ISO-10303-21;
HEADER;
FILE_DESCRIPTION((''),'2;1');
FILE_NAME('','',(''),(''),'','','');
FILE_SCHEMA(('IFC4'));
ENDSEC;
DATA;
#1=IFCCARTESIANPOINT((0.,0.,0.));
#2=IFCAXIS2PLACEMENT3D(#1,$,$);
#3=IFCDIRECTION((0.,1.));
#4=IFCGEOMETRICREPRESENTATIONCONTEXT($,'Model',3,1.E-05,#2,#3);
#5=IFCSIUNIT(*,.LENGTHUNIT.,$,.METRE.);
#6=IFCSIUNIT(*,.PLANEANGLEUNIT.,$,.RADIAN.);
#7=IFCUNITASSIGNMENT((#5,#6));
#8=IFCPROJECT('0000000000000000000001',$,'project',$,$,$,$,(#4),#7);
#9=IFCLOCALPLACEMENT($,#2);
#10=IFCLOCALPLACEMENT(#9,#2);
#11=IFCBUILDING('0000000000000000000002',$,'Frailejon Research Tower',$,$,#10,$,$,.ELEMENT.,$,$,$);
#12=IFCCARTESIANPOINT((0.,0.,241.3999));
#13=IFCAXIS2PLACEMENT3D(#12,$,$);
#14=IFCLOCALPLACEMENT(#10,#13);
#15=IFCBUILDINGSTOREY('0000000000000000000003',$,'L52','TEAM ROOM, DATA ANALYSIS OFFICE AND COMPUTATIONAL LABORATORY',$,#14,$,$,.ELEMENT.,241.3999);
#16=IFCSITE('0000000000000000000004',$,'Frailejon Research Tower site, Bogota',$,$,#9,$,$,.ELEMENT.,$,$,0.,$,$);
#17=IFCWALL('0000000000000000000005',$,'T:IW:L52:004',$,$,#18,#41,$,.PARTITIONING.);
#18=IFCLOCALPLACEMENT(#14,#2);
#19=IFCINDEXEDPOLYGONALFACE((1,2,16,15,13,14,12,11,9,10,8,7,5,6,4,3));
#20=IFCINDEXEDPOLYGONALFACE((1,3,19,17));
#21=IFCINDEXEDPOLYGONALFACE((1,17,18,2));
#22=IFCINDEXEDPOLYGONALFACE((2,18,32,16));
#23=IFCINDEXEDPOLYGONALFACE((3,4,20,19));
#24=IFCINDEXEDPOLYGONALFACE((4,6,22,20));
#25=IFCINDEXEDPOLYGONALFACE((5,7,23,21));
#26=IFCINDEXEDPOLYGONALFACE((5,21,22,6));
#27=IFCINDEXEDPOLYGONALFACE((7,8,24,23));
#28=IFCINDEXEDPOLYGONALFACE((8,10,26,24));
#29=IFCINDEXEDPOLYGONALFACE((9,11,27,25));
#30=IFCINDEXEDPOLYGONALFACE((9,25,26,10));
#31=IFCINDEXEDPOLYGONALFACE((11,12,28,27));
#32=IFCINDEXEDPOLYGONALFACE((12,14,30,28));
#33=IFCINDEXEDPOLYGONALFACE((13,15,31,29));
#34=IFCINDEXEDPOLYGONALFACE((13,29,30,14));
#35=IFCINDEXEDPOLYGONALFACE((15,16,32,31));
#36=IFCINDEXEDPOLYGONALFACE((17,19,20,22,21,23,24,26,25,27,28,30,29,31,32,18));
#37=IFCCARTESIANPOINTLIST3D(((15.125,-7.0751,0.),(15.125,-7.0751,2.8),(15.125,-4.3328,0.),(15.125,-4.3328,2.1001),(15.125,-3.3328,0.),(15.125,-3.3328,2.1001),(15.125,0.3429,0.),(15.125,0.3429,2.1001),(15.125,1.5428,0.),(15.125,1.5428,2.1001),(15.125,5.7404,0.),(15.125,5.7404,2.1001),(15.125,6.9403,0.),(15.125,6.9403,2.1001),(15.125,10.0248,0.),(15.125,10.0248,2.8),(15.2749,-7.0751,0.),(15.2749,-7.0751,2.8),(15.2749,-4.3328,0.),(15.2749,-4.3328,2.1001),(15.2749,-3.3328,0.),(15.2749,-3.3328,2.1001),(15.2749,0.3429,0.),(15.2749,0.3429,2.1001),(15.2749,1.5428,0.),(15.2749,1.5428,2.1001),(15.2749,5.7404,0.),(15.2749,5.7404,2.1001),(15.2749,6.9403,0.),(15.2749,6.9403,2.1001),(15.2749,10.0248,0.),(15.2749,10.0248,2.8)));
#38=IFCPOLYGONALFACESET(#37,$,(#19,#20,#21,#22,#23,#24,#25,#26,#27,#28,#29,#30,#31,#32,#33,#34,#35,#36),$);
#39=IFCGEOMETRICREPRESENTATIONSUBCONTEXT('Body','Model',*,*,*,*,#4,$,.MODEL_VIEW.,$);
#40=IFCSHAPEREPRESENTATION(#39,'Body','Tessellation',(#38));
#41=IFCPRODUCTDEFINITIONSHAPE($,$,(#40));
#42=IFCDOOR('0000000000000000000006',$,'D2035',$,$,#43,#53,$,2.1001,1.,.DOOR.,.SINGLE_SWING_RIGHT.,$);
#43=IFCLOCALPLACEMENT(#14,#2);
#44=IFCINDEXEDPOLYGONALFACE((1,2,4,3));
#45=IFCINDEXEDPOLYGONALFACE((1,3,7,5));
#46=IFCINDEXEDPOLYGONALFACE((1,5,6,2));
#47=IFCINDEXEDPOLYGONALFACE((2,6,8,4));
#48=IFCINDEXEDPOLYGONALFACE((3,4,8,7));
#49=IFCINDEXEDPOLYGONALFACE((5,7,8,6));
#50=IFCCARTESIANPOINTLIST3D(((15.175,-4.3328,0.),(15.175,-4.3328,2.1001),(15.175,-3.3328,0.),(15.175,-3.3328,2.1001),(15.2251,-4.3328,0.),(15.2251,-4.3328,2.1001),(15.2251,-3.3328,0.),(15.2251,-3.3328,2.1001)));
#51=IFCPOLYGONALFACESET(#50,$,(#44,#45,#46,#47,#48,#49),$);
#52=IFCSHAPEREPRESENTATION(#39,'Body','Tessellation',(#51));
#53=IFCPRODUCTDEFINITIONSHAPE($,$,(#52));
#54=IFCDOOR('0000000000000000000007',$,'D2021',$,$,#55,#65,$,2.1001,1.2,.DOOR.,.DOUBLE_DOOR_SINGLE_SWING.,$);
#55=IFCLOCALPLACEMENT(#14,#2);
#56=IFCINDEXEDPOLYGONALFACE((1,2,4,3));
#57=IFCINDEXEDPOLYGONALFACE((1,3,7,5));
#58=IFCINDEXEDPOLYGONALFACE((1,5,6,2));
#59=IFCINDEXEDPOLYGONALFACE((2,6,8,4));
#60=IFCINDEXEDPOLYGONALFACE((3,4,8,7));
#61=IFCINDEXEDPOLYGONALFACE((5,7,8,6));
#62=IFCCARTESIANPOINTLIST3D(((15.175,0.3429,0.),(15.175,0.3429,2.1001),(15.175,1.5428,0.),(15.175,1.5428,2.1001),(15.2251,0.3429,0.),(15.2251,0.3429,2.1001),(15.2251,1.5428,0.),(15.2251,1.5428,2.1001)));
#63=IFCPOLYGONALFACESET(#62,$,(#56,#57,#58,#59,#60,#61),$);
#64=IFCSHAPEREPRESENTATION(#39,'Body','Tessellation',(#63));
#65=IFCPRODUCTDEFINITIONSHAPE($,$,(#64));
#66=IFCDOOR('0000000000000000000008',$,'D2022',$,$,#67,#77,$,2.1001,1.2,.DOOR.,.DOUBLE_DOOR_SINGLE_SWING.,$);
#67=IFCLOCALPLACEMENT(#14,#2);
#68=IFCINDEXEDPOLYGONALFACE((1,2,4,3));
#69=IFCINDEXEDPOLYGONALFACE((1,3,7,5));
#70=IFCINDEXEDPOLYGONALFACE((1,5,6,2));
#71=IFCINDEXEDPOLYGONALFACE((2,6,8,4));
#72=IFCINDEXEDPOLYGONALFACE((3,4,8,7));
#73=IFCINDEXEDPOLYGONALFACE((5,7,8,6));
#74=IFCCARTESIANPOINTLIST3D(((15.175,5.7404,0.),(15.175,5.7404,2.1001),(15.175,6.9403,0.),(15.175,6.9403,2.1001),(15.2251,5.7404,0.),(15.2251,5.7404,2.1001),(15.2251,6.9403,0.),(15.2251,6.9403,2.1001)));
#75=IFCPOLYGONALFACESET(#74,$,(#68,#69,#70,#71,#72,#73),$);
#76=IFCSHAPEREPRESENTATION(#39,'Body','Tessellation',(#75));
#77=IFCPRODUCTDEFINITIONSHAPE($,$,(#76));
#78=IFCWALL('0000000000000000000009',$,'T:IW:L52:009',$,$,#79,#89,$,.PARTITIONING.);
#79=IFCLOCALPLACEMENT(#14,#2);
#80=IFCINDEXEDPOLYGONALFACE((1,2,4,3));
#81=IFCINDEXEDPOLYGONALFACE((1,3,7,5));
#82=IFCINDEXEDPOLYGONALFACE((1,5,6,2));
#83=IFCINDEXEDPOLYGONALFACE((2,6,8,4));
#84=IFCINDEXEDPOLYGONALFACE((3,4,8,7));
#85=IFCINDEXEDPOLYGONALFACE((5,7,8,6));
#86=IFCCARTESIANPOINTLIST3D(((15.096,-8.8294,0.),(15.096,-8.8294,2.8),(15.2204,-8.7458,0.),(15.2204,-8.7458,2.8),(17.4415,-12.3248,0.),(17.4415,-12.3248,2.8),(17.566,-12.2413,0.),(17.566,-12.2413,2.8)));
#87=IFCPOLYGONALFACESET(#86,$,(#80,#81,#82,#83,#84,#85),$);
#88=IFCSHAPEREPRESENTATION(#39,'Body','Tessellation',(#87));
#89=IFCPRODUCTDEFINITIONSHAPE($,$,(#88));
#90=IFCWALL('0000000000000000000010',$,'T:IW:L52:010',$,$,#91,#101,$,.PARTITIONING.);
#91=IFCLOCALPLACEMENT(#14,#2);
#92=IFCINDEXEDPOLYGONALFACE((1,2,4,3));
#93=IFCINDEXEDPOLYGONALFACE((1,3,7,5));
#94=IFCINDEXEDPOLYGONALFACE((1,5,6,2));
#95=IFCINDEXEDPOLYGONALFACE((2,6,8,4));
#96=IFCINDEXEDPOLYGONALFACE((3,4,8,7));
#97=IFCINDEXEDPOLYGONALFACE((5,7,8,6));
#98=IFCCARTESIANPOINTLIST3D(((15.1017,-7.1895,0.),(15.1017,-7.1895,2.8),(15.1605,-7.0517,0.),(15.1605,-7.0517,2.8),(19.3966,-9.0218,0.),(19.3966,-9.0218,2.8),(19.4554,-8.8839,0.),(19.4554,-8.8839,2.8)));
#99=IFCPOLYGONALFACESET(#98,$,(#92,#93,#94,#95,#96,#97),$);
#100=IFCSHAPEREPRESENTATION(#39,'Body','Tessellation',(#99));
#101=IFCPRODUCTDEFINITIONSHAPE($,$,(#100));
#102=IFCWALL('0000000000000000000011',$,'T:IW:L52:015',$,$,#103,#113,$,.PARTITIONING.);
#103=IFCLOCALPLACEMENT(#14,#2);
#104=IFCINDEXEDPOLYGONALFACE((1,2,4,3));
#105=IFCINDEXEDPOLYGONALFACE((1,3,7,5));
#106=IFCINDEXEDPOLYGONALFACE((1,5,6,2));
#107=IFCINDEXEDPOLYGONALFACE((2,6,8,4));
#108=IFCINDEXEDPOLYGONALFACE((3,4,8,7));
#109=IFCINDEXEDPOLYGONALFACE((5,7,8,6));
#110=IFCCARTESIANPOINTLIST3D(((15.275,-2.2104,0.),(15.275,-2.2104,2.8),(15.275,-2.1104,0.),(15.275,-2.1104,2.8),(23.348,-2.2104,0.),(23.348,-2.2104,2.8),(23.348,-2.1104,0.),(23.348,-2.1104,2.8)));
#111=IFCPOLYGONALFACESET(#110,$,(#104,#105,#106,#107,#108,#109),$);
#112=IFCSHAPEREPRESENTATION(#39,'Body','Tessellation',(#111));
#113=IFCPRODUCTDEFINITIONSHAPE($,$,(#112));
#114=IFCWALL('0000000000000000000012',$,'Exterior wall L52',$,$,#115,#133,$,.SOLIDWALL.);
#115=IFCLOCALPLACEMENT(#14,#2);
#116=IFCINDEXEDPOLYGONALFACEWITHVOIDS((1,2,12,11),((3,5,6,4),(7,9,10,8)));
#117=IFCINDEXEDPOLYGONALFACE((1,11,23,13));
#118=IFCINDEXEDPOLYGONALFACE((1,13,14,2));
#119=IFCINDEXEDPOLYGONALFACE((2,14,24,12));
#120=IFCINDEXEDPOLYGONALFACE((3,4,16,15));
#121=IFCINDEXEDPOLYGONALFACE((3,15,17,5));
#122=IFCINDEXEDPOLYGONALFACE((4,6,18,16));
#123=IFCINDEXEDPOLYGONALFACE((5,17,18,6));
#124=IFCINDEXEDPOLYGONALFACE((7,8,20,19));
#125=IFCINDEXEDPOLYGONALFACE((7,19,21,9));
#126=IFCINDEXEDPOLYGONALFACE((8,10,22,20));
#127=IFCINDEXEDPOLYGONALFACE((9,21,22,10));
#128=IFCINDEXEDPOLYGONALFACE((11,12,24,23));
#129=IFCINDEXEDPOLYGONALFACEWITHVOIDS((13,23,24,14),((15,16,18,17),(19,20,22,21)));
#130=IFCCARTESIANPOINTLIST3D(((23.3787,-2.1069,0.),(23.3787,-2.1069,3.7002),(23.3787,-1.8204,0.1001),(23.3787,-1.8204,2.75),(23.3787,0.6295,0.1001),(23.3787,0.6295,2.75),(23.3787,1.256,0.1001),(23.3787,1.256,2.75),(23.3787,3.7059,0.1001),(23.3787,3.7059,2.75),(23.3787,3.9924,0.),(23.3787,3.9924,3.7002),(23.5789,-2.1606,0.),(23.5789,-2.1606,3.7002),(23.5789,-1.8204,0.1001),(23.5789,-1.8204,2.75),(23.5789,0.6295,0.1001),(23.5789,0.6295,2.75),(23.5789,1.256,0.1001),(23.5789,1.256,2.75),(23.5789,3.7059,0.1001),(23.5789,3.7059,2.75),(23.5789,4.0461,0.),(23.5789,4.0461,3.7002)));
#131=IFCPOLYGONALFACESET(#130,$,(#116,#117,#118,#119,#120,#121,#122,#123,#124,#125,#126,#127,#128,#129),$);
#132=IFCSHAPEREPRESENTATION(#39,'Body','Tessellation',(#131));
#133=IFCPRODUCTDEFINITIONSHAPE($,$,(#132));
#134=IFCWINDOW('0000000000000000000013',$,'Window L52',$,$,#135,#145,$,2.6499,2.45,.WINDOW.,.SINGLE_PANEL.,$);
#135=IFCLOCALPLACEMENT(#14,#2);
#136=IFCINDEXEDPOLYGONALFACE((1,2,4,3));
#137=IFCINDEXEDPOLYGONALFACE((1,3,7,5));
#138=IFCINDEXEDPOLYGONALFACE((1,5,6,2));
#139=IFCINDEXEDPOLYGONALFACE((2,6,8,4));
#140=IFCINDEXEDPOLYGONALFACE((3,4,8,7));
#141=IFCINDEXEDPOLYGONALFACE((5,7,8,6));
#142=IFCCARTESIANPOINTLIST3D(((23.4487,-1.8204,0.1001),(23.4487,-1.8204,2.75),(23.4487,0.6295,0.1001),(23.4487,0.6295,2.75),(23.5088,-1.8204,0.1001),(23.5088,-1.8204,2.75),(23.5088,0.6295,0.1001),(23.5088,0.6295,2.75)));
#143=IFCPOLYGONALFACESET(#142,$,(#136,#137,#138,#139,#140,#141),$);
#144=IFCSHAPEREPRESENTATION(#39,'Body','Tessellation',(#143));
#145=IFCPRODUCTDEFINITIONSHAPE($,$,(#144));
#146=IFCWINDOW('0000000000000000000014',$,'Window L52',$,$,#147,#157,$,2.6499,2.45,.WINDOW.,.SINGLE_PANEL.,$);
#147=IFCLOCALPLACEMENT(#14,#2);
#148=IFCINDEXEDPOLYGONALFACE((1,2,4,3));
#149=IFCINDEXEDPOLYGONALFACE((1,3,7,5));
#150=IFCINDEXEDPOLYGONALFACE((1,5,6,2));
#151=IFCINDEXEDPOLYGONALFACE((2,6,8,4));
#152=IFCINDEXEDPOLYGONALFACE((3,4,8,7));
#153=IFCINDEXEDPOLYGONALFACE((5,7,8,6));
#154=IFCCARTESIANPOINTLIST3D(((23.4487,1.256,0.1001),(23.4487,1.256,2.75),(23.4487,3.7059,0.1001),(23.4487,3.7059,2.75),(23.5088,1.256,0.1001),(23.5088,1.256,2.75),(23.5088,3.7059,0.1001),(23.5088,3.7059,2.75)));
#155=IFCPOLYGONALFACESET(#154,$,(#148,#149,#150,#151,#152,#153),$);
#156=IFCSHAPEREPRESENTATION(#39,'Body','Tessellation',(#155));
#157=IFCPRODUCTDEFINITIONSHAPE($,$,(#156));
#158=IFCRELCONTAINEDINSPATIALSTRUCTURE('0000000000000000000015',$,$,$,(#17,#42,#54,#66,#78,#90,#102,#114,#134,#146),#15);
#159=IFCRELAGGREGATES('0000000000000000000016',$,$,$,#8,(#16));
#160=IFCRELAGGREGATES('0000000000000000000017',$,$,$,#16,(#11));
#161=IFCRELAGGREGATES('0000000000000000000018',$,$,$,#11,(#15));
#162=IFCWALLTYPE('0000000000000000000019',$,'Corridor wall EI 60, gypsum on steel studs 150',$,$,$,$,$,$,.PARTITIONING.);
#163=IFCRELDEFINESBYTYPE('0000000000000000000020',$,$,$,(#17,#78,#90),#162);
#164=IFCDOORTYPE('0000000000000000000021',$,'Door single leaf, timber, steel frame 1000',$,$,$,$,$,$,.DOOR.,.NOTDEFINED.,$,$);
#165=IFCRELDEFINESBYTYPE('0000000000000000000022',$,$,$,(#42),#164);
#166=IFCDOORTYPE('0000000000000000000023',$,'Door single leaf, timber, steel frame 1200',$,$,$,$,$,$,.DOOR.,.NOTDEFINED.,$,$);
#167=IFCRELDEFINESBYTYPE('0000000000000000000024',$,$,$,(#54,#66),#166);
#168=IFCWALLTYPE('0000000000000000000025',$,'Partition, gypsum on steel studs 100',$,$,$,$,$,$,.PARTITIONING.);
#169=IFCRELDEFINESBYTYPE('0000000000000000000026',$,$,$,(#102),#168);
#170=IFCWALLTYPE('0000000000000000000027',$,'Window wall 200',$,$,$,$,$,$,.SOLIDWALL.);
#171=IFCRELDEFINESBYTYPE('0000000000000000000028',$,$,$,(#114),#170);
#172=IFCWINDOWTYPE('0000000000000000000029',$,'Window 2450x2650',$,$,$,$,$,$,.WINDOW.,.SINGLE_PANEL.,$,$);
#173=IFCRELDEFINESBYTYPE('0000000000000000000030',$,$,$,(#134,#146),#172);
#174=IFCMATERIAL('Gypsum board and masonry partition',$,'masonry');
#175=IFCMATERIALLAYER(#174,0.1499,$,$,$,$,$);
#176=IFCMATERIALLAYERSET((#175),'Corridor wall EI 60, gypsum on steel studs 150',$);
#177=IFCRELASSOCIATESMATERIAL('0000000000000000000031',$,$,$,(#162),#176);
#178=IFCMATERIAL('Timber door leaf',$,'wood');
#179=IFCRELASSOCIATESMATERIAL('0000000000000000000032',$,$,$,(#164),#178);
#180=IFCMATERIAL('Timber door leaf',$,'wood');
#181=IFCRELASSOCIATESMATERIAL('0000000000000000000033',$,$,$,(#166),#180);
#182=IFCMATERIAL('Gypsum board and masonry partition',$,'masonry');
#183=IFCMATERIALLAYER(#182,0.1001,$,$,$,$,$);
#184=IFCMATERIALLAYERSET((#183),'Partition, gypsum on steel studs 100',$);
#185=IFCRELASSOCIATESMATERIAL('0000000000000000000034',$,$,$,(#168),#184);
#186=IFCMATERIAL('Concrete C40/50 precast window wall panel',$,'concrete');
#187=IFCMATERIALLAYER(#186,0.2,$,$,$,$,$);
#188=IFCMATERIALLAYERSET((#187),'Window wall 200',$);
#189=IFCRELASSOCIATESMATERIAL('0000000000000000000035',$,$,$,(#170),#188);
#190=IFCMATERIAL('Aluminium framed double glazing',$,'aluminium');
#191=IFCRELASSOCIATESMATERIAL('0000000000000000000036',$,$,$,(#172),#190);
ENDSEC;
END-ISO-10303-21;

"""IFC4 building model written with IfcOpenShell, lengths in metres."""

from ifc_helpers import new_model, si_unit, direction, frame, frame_2d, origin, place, context, subcontext, project, spatial, polyline, rectangle, outline, extrude, material, layer, layer_set, type_object, element, fill, save


model = new_model("IFC4")

# Units and contexts
model_context = context("Model", 3, precision=1e-05, world=origin(), true_north=direction((0.0, 1.0)))
body_context = subcontext(model_context, "Body", "Model", "MODEL_VIEW")
ifc_project = project(units=[si_unit("LENGTHUNIT", "METRE"), si_unit("PLANEANGLEUNIT", "RADIAN")], contexts=[model_context])

# Site, building, storey
site_placement = place(None, origin())
site = spatial("IfcSite", under=ifc_project, at=site_placement, Name="Frailejon Research Tower site, Bogota", CompositionType="ELEMENT", RefElevation=0.0)
building_placement = place(site_placement, origin())
building = spatial("IfcBuilding", under=site, at=building_placement, Name="Frailejon Research Tower", CompositionType="ELEMENT")
storey_placement = place(building_placement, frame((0.0, 0.0, 241.3999)))
storey = spatial("IfcBuildingStorey", under=building, at=storey_placement, Name="L52", Description="TEAM ROOM, DATA ANALYSIS OFFICE AND COMPUTATIONAL LABORATORY", CompositionType="ELEMENT", Elevation=241.3999)

# Shared definitions
ifc_material_1 = material(Name="Gypsum board and masonry partition", Category="masonry")
ifc_layer_1 = layer(ifc_material_1, 0.1499)
ifc_layer_set_1 = layer_set([ifc_layer_1], Name="Corridor wall EI 60, gypsum on steel studs 150")
wall_type_1 = type_object("IfcWallType", Name="Corridor wall EI 60, gypsum on steel studs 150", PredefinedType="PARTITIONING", material=ifc_layer_set_1)

# Wall, openings, doors
wall_1_placement = place(storey_placement, frame((15.2, -7.075, 0.0), z_axis=(0.0, 0.0, 1.0), x_axis=(0.0, 1.0, 0.0)))
wall_1 = element("IfcWall", 1, at=wall_1_placement, inside=storey, type_object=wall_type_1, Name="T:IW:L52:004", PredefinedType="PARTITIONING", context=body_context, shape_type="SweptSolid", body=[
    extrude(rectangle(XDim=17.0999, YDim=0.1499, at=frame_2d((8.5498, 0.0))), origin(), (0.0, 0.0, 1.0), 2.8),
])
opening_1_placement = place(wall_1_placement, frame((7.4177, 0.0, 0.0)))
opening_1 = element("IfcOpeningElement", 2, at=opening_1_placement, cuts=wall_1, PredefinedType="OPENING", context=body_context, shape_type="SweptSolid", body=[
    extrude(rectangle(XDim=1.2, YDim=2.1001, at=frame_2d((0.6001, 1.05))), frame((0.0, 0.085, 0.0), z_axis=(0.0, -1.0, 0.0), x_axis=(1.0, 0.0, 0.0)), (0.0, 0.0, 1.0), 0.1699),
])
opening_2_placement = place(wall_1_placement, frame((12.8152, 0.0, 0.0)))
opening_2 = element("IfcOpeningElement", 3, at=opening_2_placement, cuts=wall_1, PredefinedType="OPENING", context=body_context, shape_type="SweptSolid", body=[
    extrude(rectangle(XDim=1.2, YDim=2.1001, at=frame_2d((0.6001, 1.05))), frame((0.0, 0.085, 0.0), z_axis=(0.0, -1.0, 0.0), x_axis=(1.0, 0.0, 0.0)), (0.0, 0.0, 1.0), 0.1699),
])
opening_3_placement = place(wall_1_placement, frame((2.7422, 0.0, 0.0)))
opening_3 = element("IfcOpeningElement", 4, at=opening_3_placement, cuts=wall_1, PredefinedType="OPENING", context=body_context, shape_type="SweptSolid", body=[
    extrude(rectangle(XDim=1.0, YDim=2.1001, at=frame_2d((0.5, 1.05))), frame((0.0, 0.085, 0.0), z_axis=(0.0, -1.0, 0.0), x_axis=(1.0, 0.0, 0.0)), (0.0, 0.0, 1.0), 0.1699),
])
ifc_material_2 = material(Name="Timber door leaf", Category="wood")
door_type_1 = type_object("IfcDoorType", Name="Door single leaf, timber, steel frame 1000", OperationType="NOTDEFINED", PredefinedType="DOOR", material=ifc_material_2)
door_1_placement = place(opening_3_placement, origin())
door_1 = element("IfcDoor", 5, at=door_1_placement, inside=storey, type_object=door_type_1, Name="D2035", OperationType="SINGLE_SWING_RIGHT", OverallHeight=2.1001, OverallWidth=1.0, PredefinedType="DOOR", context=body_context, shape_type="SweptSolid", body=[
    extrude(rectangle(XDim=1.0, YDim=2.1001, at=frame_2d((0.5, 1.05))), frame((0.0, 0.0249, 0.0), z_axis=(0.0, -1.0, 0.0), x_axis=(1.0, 0.0, 0.0)), (0.0, 0.0, 1.0), 0.05),
])
fill(opening_3, door_1)
ifc_material_3 = material(Name="Timber door leaf", Category="wood")
door_type_2 = type_object("IfcDoorType", Name="Door single leaf, timber, steel frame 1200", OperationType="NOTDEFINED", PredefinedType="DOOR", material=ifc_material_3)
door_2_placement = place(opening_1_placement, origin())
door_2 = element("IfcDoor", 6, at=door_2_placement, inside=storey, type_object=door_type_2, Name="D2021", OperationType="DOUBLE_DOOR_SINGLE_SWING", OverallHeight=2.1001, OverallWidth=1.2, PredefinedType="DOOR", context=body_context, shape_type="SweptSolid", body=[
    extrude(rectangle(XDim=1.2, YDim=2.1001, at=frame_2d((0.6001, 1.05))), frame((0.0, 0.0249, 0.0), z_axis=(0.0, -1.0, 0.0), x_axis=(1.0, 0.0, 0.0)), (0.0, 0.0, 1.0), 0.05),
])
fill(opening_1, door_2)
door_3_placement = place(opening_2_placement, origin())
door_3 = element("IfcDoor", 7, at=door_3_placement, inside=storey, type_object=door_type_2, Name="D2022", OperationType="DOUBLE_DOOR_SINGLE_SWING", OverallHeight=2.1001, OverallWidth=1.2, PredefinedType="DOOR", context=body_context, shape_type="SweptSolid", body=[
    extrude(rectangle(XDim=1.2, YDim=2.1001, at=frame_2d((0.6001, 1.05))), frame((0.0, 0.0249, 0.0), z_axis=(0.0, -1.0, 0.0), x_axis=(1.0, 0.0, 0.0)), (0.0, 0.0, 1.0), 0.05),
])
fill(opening_2, door_3)

# Walls
wall_2_placement = place(storey_placement, frame((15.1582, -8.7876, 0.0), z_axis=(0.0, 0.0, 1.0), x_axis=(0.557201, -0.830378, 0.0)))
element("IfcWall", 8, at=wall_2_placement, inside=storey, type_object=wall_type_1, Name="T:IW:L52:009", PredefinedType="PARTITIONING", context=body_context, shape_type="SweptSolid", body=[
    extrude(rectangle(XDim=4.2095, YDim=0.1499, at=frame_2d((2.1047, 0.0))), origin(), (0.0, 0.0, 1.0), 2.8),
])
wall_3_placement = place(storey_placement, frame((15.1311, -7.1206, 0.0), z_axis=(0.0, 0.0, 1.0), x_axis=(0.919796, -0.392398, 0.0)))
element("IfcWall", 9, at=wall_3_placement, inside=storey, type_object=wall_type_1, Name="T:IW:L52:010", PredefinedType="PARTITIONING", context=body_context, shape_type="SweptSolid", body=[
    extrude(rectangle(XDim=4.6694, YDim=0.1499, at=frame_2d((2.3347, 0.0))), origin(), (0.0, 0.0, 1.0), 2.8),
])
ifc_material_4 = material(Name="Gypsum board and masonry partition", Category="masonry")
ifc_layer_2 = layer(ifc_material_4, 0.1001)
ifc_layer_set_2 = layer_set([ifc_layer_2], Name="Partition, gypsum on steel studs 100")
wall_type_2 = type_object("IfcWallType", Name="Partition, gypsum on steel studs 100", PredefinedType="PARTITIONING", material=ifc_layer_set_2)
wall_4_placement = place(storey_placement, frame((15.2749, -2.1604, 0.0), z_axis=(0.0, 0.0, 1.0), x_axis=(1.0, 0.0, 0.0)))
element("IfcWall", 10, at=wall_4_placement, inside=storey, type_object=wall_type_2, Name="T:IW:L52:015", PredefinedType="PARTITIONING", context=body_context, shape_type="SweptSolid", body=[
    extrude(rectangle(XDim=8.073, YDim=0.1001, at=frame_2d((4.0366, 0.0))), origin(), (0.0, 0.0, 1.0), 2.8),
])

# Wall, openings, windows
ifc_material_5 = material(Name="Concrete C40/50 precast window wall panel", Category="concrete")
ifc_layer_3 = layer(ifc_material_5, 0.2)
ifc_layer_set_3 = layer_set([ifc_layer_3], Name="Window wall 200")
wall_type_3 = type_object("IfcWallType", Name="Window wall 200", PredefinedType="SOLIDWALL", material=ifc_layer_set_3)
wall_5_placement = place(storey_placement, frame((23.4788, -2.1338, 0.0), z_axis=(0.0, 0.0, 1.0), x_axis=(0.0, 1.0, 0.0)))
wall_5 = element("IfcWall", 11, at=wall_5_placement, inside=storey, type_object=wall_type_3, Name="Exterior wall L52", PredefinedType="SOLIDWALL", context=body_context, shape_type="SweptSolid", body=[
    extrude(outline(polyline([(-0.0269, -0.1001), (1.0076, -0.1001), (2.042, -0.1001), (3.0767, -0.1001), (4.1111, -0.1001), (5.1455, -0.1001), (6.1799, -0.1001), (6.1262, 0.1001), (5.1096, 0.1001), (4.093, 0.1001), (3.0767, 0.1001), (2.0601, 0.1001), (1.0435, 0.1001), (0.0269, 0.1001), (-0.0269, -0.1001)])), origin(), (0.0, 0.0, 1.0), 3.7002),
])
opening_4_placement = place(wall_5_placement, frame((0.3132, 0.0, 0.1001)))
opening_4 = element("IfcOpeningElement", 12, at=opening_4_placement, cuts=wall_5, PredefinedType="OPENING", context=body_context, shape_type="SweptSolid", body=[
    extrude(rectangle(XDim=2.45, YDim=2.6499, at=frame_2d((1.2251, 1.325))), frame((0.0, 0.1099, 0.0), z_axis=(0.0, -1.0, 0.0), x_axis=(1.0, 0.0, 0.0)), (0.0, 0.0, 1.0), 0.22),
])
opening_5_placement = place(wall_5_placement, frame((3.3896, 0.0, 0.1001)))
opening_5 = element("IfcOpeningElement", 13, at=opening_5_placement, cuts=wall_5, PredefinedType="OPENING", context=body_context, shape_type="SweptSolid", body=[
    extrude(rectangle(XDim=2.45, YDim=2.6499, at=frame_2d((1.2251, 1.325))), frame((0.0, 0.1099, 0.0), z_axis=(0.0, -1.0, 0.0), x_axis=(1.0, 0.0, 0.0)), (0.0, 0.0, 1.0), 0.22),
])
ifc_material_6 = material(Name="Aluminium framed double glazing", Category="aluminium")
window_type = type_object("IfcWindowType", Name="Window 2450x2650", PartitioningType="SINGLE_PANEL", PredefinedType="WINDOW", material=ifc_material_6)
window_1_placement = place(opening_4_placement, origin())
window_1 = element("IfcWindow", 14, at=window_1_placement, inside=storey, type_object=window_type, Name="Window L52", OverallHeight=2.6499, OverallWidth=2.45, PartitioningType="SINGLE_PANEL", PredefinedType="WINDOW", context=body_context, shape_type="SweptSolid", body=[
    extrude(rectangle(XDim=2.45, YDim=2.6499, at=frame_2d((1.2251, 1.325))), frame((0.0, 0.03, 0.0), z_axis=(0.0, -1.0, 0.0), x_axis=(1.0, 0.0, 0.0)), (0.0, 0.0, 1.0), 0.0601),
])
fill(opening_4, window_1)
window_2_placement = place(opening_5_placement, origin())
window_2 = element("IfcWindow", 15, at=window_2_placement, inside=storey, type_object=window_type, Name="Window L52", OverallHeight=2.6499, OverallWidth=2.45, PartitioningType="SINGLE_PANEL", PredefinedType="WINDOW", context=body_context, shape_type="SweptSolid", body=[
    extrude(rectangle(XDim=2.45, YDim=2.6499, at=frame_2d((1.2251, 1.325))), frame((0.0, 0.03, 0.0), z_axis=(0.0, -1.0, 0.0), x_axis=(1.0, 0.0, 0.0)), (0.0, 0.0, 1.0), 0.0601),
])
fill(opening_5, window_2)

save(model, "model.ifc")
